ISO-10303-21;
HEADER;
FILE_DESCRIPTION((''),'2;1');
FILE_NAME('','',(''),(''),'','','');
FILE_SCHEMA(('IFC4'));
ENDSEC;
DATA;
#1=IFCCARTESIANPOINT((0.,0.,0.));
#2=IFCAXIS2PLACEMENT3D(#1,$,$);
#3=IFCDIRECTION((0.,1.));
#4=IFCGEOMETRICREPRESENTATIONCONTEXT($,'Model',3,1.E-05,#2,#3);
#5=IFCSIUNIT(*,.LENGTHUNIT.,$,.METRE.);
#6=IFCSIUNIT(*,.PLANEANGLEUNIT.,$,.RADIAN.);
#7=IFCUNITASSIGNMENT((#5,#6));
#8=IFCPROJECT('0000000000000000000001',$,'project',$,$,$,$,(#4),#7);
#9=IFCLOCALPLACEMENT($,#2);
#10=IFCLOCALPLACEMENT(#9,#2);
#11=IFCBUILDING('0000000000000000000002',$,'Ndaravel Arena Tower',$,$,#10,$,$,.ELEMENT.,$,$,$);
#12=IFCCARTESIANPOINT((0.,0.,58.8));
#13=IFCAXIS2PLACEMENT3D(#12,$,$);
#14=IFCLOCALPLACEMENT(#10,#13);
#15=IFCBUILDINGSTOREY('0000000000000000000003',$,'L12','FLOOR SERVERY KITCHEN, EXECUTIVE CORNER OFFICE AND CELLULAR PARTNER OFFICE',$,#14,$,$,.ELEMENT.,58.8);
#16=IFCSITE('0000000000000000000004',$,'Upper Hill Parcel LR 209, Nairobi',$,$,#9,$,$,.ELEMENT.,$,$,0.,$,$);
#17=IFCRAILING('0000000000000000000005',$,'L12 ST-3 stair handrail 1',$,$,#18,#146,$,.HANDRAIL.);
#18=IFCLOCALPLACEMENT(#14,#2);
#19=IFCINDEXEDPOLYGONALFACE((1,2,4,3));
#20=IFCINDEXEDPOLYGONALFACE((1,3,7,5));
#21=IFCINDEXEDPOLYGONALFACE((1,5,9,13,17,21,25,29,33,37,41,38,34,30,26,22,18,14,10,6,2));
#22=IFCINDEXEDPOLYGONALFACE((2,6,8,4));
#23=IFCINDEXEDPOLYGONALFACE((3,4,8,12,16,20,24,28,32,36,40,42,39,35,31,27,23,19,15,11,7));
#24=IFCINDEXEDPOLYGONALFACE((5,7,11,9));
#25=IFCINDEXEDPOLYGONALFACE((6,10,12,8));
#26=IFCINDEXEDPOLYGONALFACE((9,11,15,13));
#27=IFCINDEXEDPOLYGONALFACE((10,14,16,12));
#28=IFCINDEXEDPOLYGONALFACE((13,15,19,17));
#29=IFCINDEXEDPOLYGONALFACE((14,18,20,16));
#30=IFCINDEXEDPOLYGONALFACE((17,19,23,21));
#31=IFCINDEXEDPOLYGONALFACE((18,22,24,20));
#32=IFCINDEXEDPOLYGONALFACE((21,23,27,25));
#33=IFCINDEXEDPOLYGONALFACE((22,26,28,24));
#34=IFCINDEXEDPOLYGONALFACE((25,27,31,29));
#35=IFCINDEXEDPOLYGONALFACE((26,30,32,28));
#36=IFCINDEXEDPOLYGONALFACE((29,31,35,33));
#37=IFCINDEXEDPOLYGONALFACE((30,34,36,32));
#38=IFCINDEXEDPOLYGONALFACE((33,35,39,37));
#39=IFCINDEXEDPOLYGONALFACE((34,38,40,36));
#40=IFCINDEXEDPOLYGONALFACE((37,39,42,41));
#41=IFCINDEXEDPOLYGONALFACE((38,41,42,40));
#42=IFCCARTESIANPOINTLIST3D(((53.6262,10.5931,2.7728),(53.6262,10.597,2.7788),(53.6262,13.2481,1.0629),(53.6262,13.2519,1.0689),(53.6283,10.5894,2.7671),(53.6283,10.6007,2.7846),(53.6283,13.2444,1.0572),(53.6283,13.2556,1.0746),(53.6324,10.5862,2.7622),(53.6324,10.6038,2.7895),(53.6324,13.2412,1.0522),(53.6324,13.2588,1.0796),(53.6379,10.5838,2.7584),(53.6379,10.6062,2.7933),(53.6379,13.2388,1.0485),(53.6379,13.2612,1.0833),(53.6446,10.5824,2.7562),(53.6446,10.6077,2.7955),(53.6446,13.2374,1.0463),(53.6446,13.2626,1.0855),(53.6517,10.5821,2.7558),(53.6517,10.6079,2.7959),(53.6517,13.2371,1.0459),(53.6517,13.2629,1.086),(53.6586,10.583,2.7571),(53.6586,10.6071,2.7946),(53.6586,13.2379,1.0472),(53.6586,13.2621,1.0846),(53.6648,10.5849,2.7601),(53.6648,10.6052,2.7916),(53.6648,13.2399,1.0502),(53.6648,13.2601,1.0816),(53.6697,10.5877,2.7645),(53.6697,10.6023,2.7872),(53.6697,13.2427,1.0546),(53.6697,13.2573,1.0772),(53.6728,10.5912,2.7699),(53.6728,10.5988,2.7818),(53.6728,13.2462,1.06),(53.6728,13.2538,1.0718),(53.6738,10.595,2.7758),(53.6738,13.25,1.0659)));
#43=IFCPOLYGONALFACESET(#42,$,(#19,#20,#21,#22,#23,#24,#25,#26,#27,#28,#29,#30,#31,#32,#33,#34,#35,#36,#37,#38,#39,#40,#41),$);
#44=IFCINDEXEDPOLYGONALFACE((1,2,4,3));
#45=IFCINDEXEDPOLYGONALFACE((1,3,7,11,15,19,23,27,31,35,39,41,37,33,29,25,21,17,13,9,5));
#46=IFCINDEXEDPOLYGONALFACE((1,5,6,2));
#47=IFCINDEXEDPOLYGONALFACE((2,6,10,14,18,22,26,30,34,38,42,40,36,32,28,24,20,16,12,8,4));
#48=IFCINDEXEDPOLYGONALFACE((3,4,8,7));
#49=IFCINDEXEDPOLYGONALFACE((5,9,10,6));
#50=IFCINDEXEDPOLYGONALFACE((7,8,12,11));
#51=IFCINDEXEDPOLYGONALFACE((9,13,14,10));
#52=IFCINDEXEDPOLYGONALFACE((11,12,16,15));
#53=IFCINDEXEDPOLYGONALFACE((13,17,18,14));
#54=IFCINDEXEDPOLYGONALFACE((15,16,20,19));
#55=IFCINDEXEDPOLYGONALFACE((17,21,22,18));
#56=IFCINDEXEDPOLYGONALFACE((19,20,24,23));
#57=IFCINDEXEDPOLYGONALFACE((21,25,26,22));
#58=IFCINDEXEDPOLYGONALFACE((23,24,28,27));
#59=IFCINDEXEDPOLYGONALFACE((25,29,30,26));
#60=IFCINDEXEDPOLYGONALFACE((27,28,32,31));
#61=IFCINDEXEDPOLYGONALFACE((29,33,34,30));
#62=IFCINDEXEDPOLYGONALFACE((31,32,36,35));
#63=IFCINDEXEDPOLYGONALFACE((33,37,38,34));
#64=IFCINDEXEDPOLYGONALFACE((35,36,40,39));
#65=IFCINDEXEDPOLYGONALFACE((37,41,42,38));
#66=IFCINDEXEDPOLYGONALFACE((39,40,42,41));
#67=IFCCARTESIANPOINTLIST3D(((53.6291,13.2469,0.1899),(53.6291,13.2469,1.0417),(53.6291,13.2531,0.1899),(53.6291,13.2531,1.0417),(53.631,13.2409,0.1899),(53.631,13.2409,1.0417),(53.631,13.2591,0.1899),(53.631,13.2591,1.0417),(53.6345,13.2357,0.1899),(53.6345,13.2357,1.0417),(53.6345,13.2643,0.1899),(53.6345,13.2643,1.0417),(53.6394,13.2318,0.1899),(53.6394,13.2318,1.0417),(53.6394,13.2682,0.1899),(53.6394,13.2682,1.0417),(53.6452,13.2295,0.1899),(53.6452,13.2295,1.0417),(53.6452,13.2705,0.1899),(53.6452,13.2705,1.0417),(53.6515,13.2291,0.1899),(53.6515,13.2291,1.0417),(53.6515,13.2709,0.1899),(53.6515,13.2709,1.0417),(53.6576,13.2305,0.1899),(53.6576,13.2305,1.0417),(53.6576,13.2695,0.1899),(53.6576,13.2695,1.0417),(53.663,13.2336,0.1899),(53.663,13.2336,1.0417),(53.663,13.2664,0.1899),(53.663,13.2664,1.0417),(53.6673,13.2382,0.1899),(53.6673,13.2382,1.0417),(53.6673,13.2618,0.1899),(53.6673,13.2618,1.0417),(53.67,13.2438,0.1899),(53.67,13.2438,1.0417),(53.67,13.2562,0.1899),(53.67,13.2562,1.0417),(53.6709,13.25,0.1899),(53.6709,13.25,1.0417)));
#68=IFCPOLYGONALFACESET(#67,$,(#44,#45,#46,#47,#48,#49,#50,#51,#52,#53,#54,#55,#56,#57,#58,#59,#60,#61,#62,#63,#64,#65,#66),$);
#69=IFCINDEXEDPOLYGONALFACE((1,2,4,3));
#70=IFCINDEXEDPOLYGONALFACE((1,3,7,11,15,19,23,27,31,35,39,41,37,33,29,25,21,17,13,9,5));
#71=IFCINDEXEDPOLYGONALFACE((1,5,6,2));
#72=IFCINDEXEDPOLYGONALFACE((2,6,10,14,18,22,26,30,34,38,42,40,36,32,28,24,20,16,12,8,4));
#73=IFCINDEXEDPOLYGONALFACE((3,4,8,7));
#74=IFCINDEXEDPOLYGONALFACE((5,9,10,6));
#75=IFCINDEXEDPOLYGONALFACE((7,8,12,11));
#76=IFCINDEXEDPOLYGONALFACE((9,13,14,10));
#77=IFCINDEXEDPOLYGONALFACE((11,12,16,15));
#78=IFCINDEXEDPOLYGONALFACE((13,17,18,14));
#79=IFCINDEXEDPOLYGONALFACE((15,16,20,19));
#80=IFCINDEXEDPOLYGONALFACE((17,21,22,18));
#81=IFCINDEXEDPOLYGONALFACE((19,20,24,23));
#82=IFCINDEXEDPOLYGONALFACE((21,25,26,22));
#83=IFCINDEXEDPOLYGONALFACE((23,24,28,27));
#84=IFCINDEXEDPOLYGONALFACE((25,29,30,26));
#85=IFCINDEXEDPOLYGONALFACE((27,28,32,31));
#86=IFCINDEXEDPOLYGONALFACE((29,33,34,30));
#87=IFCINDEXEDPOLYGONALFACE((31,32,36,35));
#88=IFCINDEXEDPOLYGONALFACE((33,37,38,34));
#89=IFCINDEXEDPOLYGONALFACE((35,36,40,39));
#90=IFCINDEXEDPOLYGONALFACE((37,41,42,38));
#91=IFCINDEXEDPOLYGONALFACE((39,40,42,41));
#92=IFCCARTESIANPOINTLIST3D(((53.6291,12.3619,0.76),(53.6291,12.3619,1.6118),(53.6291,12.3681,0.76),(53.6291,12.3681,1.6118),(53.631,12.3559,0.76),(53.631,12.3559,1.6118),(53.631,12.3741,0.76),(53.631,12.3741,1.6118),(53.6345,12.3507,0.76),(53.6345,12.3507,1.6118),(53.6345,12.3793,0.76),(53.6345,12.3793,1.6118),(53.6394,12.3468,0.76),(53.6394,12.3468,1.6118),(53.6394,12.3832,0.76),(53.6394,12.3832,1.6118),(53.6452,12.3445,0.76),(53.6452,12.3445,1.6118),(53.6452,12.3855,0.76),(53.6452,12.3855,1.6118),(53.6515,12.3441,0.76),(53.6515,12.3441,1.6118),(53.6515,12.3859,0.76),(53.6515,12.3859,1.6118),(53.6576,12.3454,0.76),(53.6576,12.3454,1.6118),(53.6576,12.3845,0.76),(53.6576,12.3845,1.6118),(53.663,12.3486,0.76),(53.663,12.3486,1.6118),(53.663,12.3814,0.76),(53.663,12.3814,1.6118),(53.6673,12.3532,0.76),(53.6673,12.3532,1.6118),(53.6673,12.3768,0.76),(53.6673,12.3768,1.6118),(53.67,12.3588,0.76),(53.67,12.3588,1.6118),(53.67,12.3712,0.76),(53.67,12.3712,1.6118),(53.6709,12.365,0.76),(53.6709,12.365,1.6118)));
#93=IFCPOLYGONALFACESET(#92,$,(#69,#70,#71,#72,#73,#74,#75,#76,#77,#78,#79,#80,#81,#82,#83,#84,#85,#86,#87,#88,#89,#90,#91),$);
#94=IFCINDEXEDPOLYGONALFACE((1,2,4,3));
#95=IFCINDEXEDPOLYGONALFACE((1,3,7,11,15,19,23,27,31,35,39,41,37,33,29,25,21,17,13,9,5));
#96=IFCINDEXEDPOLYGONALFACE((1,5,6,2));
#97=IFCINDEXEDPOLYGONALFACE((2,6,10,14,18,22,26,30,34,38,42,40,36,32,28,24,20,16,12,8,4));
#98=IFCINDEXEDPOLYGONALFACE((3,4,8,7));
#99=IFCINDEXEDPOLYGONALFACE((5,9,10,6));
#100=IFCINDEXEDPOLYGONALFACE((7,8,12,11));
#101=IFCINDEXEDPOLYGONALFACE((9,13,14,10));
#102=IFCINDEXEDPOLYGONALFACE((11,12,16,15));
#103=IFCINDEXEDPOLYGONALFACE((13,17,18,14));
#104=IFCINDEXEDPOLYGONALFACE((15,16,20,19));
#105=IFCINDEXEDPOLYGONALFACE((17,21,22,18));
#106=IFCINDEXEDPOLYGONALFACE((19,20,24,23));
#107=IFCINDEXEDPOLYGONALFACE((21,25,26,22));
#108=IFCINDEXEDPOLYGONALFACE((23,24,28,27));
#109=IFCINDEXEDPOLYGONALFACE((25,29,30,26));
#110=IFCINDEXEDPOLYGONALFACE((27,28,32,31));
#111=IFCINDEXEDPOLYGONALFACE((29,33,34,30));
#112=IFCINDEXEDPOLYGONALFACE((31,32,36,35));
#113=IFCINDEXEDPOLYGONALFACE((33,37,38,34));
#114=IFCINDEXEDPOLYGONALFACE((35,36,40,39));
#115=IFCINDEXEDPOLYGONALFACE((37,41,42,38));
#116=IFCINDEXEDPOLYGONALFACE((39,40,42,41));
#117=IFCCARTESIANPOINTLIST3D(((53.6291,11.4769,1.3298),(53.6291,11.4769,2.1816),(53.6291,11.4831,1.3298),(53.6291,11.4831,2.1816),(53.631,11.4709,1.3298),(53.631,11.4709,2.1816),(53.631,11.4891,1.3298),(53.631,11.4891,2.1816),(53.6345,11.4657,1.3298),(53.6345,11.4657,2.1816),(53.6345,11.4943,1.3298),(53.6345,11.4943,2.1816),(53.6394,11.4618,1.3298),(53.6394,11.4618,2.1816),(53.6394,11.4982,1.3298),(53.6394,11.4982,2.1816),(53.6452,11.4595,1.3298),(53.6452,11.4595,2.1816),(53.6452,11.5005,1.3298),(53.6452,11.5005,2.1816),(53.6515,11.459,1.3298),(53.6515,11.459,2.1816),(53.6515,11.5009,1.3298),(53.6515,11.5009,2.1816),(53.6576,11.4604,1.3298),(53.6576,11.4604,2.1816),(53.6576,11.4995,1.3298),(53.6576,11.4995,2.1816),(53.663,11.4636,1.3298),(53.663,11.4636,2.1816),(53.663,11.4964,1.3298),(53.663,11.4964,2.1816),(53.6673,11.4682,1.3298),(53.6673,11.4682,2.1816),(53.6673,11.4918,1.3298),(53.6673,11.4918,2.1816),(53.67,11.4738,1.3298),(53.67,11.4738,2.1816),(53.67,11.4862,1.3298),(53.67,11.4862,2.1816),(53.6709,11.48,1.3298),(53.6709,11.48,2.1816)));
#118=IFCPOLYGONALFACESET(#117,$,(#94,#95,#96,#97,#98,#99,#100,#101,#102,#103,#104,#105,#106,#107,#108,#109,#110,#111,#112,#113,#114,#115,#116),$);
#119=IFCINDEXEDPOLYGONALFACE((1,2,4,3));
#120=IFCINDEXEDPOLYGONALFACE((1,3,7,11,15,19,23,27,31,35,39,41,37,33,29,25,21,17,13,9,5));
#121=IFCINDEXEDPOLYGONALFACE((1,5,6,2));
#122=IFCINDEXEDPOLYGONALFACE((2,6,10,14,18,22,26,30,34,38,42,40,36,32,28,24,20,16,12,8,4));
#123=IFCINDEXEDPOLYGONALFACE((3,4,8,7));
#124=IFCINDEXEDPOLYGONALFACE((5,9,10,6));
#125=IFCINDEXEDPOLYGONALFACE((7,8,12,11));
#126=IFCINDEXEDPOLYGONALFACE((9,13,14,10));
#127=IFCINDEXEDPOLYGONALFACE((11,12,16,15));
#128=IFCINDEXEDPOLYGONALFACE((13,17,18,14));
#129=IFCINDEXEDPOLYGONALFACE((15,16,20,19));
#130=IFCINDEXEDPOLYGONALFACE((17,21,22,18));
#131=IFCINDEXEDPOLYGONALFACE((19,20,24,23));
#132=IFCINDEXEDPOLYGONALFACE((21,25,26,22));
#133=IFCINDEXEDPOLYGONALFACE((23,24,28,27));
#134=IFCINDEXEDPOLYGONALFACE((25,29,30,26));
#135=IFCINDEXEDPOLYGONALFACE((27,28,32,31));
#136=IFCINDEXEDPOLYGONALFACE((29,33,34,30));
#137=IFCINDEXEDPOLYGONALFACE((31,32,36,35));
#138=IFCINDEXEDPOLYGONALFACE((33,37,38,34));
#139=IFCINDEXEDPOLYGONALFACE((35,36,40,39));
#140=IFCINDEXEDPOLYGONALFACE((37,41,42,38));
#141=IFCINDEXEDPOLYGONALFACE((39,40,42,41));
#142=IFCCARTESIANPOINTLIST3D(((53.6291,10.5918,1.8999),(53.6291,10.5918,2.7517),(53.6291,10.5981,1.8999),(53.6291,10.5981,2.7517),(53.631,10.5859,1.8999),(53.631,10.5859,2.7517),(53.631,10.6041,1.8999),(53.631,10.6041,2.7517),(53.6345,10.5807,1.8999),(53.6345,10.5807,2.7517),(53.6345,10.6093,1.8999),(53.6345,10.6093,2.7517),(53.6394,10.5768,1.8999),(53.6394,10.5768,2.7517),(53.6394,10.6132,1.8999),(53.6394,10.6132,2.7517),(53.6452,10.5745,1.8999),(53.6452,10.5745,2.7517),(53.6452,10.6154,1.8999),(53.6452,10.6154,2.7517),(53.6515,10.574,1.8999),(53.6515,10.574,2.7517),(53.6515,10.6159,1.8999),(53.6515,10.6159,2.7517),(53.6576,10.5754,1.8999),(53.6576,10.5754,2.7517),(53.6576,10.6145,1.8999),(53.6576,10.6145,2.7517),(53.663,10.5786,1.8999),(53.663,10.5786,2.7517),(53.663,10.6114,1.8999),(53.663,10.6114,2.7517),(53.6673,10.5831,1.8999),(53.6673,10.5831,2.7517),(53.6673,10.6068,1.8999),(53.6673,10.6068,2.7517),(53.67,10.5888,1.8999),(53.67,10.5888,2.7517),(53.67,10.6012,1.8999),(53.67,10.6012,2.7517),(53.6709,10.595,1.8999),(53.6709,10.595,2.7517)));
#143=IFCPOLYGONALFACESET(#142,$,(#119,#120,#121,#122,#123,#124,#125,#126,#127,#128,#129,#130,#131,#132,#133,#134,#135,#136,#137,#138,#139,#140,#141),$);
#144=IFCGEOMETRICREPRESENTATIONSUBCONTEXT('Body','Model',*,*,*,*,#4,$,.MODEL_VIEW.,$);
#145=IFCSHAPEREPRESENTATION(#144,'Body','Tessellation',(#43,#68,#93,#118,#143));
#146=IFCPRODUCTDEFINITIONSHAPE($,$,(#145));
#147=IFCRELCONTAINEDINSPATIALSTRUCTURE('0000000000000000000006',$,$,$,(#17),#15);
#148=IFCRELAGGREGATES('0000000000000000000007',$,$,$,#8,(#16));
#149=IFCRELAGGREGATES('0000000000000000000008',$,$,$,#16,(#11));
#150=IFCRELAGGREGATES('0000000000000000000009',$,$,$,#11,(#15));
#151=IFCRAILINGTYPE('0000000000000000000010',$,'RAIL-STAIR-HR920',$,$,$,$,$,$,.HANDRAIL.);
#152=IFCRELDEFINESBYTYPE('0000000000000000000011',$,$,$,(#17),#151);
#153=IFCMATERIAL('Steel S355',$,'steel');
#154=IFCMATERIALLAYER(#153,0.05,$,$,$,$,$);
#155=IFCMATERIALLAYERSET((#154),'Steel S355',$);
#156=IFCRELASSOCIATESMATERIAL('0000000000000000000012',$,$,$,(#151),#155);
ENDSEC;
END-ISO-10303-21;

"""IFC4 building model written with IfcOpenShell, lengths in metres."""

from ifc_helpers import new_model, si_unit, direction, frame, origin, origin_2d, place, context, subcontext, project, spatial, circle, extrude, material, layer, layer_set, type_object, element, save


model = new_model("IFC4")

# Units and contexts
model_context = context("Model", 3, precision=1e-05, world=origin(), true_north=direction((0.0, 1.0)))
body_context = subcontext(model_context, "Body", "Model", "MODEL_VIEW")
ifc_project = project(units=[si_unit("LENGTHUNIT", "METRE"), si_unit("PLANEANGLEUNIT", "RADIAN")], contexts=[model_context])

# Site, building, storey
site_placement = place(None, origin())
site = spatial("IfcSite", under=ifc_project, at=site_placement, Name="Upper Hill Parcel LR 209, Nairobi", CompositionType="ELEMENT", RefElevation=0.0)
building_placement = place(site_placement, origin())
building = spatial("IfcBuilding", under=site, at=building_placement, Name="Ndaravel Arena Tower", CompositionType="ELEMENT")
storey_placement = place(building_placement, frame((0.0, 0.0, 58.8)))
storey = spatial("IfcBuildingStorey", under=building, at=storey_placement, Name="L12", Description="FLOOR SERVERY KITCHEN, EXECUTIVE CORNER OFFICE AND CELLULAR PARTNER OFFICE", CompositionType="ELEMENT", Elevation=58.8)

# Railing
ifc_material_1 = material(Name="Steel S355", Category="steel")
ifc_layer_1 = layer(ifc_material_1, 0.05)
ifc_layer_set_1 = layer_set([ifc_layer_1], Name="Steel S355")
railing_type_1 = type_object("IfcRailingType", Name="RAIL-STAIR-HR920", PredefinedType="HANDRAIL", material=ifc_layer_set_1)
railing_1_placement = place(storey_placement, frame((53.6499, 13.25, 0.1899)))
element("IfcRailing", 1, at=railing_1_placement, inside=storey, type_object=railing_type_1, Name="L12 ST-3 stair handrail 1", PredefinedType="HANDRAIL", context=body_context, shape_type="SweptSolid", body=[
    extrude(circle(Radius=0.0239, at=origin_2d()), frame((0.0, 0.0, 0.876), z_axis=(0.0, -0.840724, 0.541465), x_axis=(1.0, 0.0, 0.0)), (0.0, 0.0, 1.0), 3.158),
    extrude(circle(Radius=0.021, at=origin_2d()), origin(), (0.0, 0.0, 1.0), 0.8518),
    extrude(circle(Radius=0.021, at=origin_2d()), frame((0.0, -0.885, 0.5701)), (0.0, 0.0, 1.0), 0.8518),
    extrude(circle(Radius=0.021, at=origin_2d()), frame((0.0, -1.77, 1.1399)), (0.0, 0.0, 1.0), 0.8518),
    extrude(circle(Radius=0.021, at=origin_2d()), frame((0.0, -2.655, 1.71)), (0.0, 0.0, 1.0), 0.8518),
])

save(model, "model.ifc")
